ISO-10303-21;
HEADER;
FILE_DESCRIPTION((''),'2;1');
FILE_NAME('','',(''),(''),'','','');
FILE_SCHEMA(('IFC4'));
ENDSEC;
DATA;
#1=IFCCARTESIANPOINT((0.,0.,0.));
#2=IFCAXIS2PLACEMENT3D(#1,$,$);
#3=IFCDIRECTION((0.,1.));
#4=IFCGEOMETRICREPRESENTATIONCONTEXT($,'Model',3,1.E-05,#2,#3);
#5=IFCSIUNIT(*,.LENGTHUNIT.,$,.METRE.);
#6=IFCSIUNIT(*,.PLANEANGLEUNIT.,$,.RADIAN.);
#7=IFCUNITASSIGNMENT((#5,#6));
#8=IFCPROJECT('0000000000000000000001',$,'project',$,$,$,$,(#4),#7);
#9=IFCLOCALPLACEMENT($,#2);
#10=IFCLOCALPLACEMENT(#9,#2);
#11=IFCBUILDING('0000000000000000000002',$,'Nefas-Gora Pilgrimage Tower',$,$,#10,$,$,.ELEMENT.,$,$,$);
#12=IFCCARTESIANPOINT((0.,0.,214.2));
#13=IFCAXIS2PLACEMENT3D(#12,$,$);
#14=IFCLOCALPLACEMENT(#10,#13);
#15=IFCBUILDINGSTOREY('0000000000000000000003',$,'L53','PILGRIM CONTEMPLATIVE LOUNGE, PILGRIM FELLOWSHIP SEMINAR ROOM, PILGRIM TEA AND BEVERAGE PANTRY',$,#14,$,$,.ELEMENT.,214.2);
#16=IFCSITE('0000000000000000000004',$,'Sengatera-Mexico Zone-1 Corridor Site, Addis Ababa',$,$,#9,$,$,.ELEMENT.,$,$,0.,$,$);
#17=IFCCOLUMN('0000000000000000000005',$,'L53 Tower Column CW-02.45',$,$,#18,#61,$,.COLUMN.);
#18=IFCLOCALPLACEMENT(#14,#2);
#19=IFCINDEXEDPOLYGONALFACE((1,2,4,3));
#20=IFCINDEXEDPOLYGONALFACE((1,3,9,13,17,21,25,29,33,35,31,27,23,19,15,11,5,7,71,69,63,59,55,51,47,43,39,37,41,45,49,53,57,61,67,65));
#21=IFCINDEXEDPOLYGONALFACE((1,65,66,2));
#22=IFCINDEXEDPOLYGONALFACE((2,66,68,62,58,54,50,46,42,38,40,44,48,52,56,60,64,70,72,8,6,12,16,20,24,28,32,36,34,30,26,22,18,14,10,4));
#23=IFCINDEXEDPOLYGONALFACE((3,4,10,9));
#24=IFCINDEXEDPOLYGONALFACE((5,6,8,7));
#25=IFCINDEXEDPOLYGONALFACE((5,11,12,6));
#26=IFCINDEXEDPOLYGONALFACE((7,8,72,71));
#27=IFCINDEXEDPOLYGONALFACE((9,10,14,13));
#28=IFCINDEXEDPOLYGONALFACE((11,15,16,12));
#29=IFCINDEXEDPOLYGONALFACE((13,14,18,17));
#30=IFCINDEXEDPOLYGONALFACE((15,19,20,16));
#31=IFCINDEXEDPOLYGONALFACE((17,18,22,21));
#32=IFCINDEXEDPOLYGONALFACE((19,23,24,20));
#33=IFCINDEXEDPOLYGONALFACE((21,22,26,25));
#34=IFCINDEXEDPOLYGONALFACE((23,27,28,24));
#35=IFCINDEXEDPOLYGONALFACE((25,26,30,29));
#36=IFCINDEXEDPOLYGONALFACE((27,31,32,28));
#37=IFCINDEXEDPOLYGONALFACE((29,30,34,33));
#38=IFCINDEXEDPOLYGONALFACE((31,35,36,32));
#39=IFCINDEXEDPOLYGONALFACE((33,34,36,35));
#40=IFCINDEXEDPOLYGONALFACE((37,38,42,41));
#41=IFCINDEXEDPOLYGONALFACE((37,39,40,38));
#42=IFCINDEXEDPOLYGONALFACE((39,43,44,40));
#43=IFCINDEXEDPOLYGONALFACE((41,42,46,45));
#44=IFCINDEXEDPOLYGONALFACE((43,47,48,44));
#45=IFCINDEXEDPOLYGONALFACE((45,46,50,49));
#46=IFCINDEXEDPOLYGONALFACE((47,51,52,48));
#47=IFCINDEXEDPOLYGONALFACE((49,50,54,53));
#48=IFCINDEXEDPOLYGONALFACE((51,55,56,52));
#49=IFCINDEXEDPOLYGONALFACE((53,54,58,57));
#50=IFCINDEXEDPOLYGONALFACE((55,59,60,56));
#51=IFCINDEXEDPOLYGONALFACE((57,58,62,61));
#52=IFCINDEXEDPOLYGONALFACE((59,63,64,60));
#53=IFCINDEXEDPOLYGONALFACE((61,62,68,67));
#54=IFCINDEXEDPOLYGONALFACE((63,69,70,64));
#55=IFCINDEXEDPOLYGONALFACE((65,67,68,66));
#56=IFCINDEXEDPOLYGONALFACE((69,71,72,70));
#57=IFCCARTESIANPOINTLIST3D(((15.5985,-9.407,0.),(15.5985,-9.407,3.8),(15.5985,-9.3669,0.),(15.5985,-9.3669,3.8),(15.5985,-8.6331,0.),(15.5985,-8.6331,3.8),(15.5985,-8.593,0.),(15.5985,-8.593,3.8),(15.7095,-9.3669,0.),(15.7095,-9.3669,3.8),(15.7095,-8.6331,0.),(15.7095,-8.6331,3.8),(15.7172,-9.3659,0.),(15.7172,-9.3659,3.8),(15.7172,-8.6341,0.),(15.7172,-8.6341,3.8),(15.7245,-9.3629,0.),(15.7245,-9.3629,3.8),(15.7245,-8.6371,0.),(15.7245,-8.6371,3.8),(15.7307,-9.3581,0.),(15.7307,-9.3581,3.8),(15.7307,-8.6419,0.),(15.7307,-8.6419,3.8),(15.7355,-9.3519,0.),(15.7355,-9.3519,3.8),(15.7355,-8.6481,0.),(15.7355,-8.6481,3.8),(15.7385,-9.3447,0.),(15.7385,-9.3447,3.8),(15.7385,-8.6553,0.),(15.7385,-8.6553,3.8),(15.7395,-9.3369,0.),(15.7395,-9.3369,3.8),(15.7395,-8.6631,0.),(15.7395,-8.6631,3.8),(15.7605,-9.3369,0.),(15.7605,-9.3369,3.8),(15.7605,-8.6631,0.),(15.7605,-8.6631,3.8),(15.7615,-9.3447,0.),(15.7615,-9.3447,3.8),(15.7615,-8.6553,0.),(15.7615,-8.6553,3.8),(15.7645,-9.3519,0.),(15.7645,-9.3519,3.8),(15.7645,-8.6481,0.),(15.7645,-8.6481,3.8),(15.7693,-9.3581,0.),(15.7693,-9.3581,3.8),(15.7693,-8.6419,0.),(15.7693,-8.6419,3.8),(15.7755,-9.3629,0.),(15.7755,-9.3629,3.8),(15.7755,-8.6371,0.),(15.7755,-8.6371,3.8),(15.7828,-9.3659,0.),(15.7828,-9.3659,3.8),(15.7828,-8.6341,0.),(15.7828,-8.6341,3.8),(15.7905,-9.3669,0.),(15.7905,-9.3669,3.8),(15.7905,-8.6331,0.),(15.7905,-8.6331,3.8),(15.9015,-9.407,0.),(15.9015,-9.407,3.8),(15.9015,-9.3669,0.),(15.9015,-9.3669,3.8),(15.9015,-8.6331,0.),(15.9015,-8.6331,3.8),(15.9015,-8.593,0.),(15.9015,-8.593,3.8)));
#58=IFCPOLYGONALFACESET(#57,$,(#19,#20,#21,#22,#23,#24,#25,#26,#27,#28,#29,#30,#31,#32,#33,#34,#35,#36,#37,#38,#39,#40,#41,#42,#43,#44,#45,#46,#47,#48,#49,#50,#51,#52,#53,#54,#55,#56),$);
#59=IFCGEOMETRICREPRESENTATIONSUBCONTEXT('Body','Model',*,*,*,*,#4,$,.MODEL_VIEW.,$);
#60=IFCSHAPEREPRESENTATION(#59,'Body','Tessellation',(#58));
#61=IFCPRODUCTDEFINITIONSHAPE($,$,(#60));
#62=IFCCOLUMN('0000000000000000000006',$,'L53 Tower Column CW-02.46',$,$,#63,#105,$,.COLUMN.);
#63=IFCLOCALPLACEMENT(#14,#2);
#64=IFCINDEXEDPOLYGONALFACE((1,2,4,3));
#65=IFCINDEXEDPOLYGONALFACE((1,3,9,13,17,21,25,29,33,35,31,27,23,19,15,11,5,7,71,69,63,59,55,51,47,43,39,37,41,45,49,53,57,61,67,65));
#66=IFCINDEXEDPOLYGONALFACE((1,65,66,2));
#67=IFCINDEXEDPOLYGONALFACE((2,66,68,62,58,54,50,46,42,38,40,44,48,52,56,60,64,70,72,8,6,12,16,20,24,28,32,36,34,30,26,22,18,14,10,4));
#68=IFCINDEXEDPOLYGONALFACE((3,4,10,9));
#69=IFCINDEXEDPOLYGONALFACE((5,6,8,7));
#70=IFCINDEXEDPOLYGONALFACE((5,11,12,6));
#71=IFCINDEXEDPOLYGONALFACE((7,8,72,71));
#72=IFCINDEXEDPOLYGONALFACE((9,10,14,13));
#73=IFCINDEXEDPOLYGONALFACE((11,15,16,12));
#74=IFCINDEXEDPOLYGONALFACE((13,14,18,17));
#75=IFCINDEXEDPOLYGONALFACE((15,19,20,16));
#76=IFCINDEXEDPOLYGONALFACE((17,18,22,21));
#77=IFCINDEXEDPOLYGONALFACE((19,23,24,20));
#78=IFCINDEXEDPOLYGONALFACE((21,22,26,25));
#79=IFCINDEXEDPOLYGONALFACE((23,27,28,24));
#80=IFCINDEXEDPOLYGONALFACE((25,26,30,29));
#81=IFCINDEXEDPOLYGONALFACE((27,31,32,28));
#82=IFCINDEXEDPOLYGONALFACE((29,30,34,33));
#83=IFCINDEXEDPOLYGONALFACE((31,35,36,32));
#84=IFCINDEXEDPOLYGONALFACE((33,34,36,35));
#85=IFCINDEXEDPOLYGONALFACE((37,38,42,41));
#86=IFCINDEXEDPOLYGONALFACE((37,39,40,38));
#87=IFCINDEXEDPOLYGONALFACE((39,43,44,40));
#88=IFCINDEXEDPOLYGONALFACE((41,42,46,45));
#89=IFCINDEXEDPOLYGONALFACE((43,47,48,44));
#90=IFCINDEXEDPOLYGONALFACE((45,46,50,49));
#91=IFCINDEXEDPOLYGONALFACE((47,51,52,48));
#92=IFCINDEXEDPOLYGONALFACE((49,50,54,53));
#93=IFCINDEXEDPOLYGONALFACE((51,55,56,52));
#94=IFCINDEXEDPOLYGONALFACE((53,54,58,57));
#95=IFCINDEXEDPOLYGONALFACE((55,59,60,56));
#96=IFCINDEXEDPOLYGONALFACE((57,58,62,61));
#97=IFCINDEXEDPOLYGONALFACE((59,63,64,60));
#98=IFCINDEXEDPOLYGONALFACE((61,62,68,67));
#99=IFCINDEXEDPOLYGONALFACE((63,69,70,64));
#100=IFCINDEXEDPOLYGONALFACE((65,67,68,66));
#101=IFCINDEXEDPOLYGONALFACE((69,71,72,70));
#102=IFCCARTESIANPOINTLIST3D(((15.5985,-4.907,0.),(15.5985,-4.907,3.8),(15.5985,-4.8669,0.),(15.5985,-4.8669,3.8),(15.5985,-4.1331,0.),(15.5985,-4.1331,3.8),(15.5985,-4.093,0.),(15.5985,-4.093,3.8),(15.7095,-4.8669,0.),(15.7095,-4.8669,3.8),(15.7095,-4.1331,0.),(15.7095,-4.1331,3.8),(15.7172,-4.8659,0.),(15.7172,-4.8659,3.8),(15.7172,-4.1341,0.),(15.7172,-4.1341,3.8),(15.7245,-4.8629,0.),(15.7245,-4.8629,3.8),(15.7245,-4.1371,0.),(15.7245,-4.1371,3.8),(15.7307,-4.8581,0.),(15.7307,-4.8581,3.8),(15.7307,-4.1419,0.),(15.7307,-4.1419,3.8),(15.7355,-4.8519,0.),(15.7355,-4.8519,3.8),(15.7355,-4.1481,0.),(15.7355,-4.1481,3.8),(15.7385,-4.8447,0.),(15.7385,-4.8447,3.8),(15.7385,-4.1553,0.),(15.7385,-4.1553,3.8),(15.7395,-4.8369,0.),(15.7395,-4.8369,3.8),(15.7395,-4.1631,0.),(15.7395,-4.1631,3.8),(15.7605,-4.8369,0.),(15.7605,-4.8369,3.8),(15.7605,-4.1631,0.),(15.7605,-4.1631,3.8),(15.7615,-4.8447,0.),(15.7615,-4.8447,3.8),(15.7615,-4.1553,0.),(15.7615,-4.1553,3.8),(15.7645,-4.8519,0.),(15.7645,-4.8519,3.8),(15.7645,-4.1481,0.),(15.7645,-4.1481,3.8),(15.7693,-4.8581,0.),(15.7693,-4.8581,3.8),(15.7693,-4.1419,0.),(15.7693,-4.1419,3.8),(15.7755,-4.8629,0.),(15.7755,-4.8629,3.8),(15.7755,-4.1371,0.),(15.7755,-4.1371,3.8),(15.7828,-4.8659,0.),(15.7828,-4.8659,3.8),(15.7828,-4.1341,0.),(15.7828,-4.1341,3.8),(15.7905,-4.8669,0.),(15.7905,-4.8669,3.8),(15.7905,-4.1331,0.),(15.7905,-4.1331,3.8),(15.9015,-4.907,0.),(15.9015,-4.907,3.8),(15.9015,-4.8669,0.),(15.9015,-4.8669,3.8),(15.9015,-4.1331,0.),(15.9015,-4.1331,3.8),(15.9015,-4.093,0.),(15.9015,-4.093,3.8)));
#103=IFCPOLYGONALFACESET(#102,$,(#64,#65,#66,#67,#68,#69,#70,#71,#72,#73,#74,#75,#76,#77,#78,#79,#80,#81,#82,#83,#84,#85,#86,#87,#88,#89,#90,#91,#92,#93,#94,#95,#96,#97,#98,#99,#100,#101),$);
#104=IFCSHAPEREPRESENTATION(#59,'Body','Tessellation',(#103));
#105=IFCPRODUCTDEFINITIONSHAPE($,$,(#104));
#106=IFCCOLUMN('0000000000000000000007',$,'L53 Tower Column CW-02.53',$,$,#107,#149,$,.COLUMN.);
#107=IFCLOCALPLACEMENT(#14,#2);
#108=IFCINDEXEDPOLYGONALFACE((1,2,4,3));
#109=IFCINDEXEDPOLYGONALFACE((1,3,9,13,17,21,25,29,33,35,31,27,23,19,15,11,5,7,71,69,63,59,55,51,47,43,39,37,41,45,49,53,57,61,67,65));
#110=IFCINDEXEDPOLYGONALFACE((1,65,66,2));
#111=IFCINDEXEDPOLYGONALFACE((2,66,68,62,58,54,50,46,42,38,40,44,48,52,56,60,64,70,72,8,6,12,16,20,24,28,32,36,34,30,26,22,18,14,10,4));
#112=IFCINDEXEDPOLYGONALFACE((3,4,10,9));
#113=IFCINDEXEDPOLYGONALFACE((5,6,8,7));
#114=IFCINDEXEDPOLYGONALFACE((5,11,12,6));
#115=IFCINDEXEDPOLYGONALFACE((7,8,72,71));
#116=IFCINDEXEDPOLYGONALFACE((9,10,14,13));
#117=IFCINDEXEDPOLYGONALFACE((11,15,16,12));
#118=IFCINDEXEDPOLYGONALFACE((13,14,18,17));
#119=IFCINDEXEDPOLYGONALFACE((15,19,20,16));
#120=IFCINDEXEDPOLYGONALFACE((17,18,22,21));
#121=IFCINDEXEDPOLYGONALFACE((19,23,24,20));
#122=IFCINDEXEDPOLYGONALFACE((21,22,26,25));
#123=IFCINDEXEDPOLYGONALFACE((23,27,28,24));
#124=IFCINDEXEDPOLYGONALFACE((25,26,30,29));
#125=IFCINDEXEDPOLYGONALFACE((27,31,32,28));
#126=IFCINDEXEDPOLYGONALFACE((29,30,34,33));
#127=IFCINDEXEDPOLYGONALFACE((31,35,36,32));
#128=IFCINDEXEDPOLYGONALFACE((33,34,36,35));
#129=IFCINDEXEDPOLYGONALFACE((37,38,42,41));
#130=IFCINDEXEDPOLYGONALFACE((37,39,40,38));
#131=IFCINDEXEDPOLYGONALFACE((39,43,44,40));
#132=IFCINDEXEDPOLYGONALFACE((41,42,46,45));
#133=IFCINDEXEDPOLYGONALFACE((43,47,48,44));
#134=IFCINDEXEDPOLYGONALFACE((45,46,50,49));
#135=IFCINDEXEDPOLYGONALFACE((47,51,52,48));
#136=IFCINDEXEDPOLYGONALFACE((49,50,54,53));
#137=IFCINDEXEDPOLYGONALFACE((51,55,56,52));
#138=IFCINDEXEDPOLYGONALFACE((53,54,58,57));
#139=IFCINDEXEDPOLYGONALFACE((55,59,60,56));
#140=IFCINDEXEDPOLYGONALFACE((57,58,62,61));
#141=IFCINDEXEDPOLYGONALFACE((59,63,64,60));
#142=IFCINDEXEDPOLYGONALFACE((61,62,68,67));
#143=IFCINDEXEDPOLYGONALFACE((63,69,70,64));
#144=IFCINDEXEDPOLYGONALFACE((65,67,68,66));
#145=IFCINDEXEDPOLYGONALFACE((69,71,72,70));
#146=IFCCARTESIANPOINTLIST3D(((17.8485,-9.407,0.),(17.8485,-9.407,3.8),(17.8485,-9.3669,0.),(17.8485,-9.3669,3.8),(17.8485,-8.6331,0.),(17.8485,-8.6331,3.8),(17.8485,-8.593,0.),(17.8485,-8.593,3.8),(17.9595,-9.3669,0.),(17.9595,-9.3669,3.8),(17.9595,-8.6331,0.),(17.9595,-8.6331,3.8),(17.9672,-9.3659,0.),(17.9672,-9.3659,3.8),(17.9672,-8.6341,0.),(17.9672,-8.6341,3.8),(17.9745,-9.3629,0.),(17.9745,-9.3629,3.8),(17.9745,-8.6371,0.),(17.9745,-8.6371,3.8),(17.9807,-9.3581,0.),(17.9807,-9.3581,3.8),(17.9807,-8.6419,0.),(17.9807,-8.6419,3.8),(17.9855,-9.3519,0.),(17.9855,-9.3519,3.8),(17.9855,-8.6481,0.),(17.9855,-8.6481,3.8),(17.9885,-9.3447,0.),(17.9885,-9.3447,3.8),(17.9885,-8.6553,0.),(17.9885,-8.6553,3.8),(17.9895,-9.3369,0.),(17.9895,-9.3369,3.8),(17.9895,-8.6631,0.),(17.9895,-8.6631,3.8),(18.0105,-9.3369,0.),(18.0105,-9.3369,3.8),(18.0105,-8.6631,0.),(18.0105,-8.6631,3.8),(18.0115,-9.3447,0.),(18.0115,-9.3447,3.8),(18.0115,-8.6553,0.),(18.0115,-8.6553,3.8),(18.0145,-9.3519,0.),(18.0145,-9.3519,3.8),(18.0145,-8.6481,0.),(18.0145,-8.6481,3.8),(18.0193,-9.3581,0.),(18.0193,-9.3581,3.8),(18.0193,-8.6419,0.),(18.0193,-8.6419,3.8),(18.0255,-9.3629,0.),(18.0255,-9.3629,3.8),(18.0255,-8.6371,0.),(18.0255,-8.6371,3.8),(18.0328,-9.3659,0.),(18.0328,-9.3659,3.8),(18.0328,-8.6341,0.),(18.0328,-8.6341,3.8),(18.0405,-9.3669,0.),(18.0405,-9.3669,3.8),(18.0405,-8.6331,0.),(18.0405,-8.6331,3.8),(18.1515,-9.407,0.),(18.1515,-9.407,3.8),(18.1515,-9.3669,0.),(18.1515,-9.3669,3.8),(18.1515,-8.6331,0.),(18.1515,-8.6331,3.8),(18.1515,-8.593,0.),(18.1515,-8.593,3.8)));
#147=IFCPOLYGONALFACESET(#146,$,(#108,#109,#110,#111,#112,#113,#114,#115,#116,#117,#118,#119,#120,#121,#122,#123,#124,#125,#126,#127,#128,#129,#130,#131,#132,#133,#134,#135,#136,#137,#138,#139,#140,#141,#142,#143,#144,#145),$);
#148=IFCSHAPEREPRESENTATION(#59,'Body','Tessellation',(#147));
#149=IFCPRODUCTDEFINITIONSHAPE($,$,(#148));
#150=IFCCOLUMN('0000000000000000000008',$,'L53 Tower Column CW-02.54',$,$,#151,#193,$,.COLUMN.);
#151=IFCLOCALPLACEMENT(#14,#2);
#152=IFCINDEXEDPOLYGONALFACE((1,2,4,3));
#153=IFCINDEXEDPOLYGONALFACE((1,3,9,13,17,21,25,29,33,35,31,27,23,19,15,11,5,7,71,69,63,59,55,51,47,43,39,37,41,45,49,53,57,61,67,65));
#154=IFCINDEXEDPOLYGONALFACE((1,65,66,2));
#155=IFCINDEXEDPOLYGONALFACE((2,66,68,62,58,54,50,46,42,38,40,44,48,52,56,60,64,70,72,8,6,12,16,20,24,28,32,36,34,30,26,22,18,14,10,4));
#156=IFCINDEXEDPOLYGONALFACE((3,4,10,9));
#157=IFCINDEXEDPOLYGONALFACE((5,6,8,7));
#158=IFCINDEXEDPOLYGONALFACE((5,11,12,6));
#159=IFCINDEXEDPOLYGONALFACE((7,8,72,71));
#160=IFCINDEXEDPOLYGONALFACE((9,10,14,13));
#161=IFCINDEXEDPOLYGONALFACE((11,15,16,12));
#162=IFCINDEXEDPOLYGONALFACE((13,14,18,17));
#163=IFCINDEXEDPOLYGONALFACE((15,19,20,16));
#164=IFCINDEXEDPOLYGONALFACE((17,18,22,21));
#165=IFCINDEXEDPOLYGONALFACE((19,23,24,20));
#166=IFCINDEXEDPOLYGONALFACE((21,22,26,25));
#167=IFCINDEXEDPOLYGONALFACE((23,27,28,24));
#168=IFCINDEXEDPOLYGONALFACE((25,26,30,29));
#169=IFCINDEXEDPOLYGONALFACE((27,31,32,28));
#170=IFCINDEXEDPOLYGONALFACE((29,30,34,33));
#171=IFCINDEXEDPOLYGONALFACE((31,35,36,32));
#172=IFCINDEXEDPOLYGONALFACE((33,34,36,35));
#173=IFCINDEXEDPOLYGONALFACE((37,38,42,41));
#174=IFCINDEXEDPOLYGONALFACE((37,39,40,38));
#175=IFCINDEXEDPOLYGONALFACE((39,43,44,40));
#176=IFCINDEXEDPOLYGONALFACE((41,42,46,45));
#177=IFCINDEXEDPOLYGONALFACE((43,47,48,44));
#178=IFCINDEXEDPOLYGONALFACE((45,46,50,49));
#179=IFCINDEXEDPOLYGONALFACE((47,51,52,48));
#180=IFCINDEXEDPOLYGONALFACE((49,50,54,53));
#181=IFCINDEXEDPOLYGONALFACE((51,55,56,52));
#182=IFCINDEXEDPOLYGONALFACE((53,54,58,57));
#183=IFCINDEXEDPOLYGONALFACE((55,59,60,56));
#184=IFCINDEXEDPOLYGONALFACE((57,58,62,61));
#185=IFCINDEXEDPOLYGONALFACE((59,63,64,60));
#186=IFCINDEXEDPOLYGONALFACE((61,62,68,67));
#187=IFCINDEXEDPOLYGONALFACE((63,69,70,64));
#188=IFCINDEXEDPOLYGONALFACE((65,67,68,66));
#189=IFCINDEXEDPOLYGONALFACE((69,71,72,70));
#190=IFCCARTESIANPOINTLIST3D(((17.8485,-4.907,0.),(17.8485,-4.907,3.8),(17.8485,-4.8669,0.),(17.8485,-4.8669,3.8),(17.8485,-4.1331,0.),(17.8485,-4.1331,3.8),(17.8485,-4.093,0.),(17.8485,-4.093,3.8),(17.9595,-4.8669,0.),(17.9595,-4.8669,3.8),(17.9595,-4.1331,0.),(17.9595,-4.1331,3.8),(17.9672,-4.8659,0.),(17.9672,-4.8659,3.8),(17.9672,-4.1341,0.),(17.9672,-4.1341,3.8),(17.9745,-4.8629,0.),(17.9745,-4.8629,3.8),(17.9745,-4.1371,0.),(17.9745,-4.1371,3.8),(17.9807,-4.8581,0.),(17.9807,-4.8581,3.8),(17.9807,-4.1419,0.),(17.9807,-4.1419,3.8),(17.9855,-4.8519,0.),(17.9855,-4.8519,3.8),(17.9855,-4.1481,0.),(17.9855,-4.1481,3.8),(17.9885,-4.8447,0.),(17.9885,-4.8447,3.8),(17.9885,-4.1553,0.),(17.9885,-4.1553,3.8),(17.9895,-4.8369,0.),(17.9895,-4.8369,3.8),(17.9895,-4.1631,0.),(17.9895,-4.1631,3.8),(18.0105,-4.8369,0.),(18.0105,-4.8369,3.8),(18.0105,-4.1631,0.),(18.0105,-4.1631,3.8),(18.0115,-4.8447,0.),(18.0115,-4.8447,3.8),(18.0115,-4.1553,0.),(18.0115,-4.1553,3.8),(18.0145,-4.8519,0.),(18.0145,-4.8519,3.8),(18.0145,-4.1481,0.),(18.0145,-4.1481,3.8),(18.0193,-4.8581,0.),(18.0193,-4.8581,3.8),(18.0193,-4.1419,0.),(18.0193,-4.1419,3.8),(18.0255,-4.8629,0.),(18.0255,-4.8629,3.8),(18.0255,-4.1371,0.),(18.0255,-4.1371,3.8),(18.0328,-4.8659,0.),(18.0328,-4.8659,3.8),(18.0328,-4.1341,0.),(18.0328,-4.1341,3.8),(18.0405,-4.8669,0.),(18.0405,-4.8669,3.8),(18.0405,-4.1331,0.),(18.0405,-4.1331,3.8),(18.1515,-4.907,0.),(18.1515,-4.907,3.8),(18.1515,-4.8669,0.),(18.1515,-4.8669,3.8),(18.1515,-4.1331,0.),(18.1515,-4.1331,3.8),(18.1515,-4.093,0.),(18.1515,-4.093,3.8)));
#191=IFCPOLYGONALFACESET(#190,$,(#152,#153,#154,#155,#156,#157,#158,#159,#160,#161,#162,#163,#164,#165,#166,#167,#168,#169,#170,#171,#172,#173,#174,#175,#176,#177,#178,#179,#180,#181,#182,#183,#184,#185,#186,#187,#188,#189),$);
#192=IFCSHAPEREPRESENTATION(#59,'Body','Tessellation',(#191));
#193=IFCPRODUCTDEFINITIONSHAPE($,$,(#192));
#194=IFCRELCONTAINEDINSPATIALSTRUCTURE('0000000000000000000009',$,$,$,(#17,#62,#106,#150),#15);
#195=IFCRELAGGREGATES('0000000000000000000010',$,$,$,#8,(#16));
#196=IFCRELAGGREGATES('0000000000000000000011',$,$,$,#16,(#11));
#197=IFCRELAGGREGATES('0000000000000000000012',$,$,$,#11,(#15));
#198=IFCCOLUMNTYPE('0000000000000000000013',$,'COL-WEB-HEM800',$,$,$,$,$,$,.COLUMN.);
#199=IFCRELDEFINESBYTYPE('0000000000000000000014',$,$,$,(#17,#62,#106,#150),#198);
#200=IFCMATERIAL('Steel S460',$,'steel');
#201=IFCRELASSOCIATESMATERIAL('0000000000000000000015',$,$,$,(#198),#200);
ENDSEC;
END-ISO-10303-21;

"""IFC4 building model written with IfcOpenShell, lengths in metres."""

from ifc_helpers import new_model, si_unit, direction, frame, origin, origin_2d, place, context, subcontext, project, spatial, i_section, extrude, source, transform, mapped, material, material_profile, profile_set, type_object, element, save


model = new_model("IFC4")

# Units and contexts
model_context = context("Model", 3, precision=1e-05, world=origin(), true_north=direction((0.0, 1.0)))
body_context = subcontext(model_context, "Body", "Model", "MODEL_VIEW")
ifc_project = project(units=[si_unit("LENGTHUNIT", "METRE"), si_unit("PLANEANGLEUNIT", "RADIAN")], contexts=[model_context])

# Site, building, storey
site_placement = place(None, origin())
site = spatial("IfcSite", under=ifc_project, at=site_placement, Name="Sengatera-Mexico Zone-1 Corridor Site, Addis Ababa", CompositionType="ELEMENT", RefElevation=0.0)
building_placement = place(site_placement, origin())
building = spatial("IfcBuilding", under=site, at=building_placement, Name="Nefas-Gora Pilgrimage Tower", CompositionType="ELEMENT")
storey_placement = place(building_placement, frame((0.0, 0.0, 214.2)))
storey = spatial("IfcBuildingStorey", under=building, at=storey_placement, Name="L53", Description="PILGRIM CONTEMPLATIVE LOUNGE, PILGRIM FELLOWSHIP SEMINAR ROOM, PILGRIM TEA AND BEVERAGE PANTRY", CompositionType="ELEMENT", Elevation=214.2)

# Columns
ifc_material_1 = material(Name="Steel S460", Category="steel")
ifc_material_profile_1 = material_profile(ifc_material_1, i_section(OverallWidth=0.303, OverallDepth=0.814, WebThickness=0.021, FlangeThickness=0.04, FilletRadius=0.03, at=origin_2d()), Name="HEM 800")
ifc_profile_set_1 = profile_set([ifc_material_profile_1], Name="Steel S460")
column_type_1 = type_object("IfcColumnType", Name="COL-WEB-HEM800", PredefinedType="COLUMN", material=ifc_profile_set_1)
shared_shape_1 = source(origin(), body_context, "Body", "SweptSolid", [
    extrude(i_section(OverallWidth=0.303, OverallDepth=0.814, WebThickness=0.021, FlangeThickness=0.04, FilletRadius=0.03, at=origin_2d()), origin(), (0.0, 0.0, 1.0), 3.8),
])
for number, where, z_axis, x_axis, name in (
    (1, (15.75, -9.0, 0.0), (0.0, 0.0, 1.0), (1.0, 0.0, 0.0), "L53 Tower Column CW-02.45"),
    (2, (15.75, -4.5, 0.0), (0.0, 0.0, 1.0), (1.0, 0.0, 0.0), "L53 Tower Column CW-02.46"),
    (3, (18.0, -9.0, 0.0), (0.0, 0.0, 1.0), (1.0, 0.0, 0.0), "L53 Tower Column CW-02.53"),
    (4, (18.0, -4.5, 0.0), (0.0, 0.0, 1.0), (1.0, 0.0, 0.0), "L53 Tower Column CW-02.54"),
):
    element("IfcColumn", number, at=place(storey_placement, frame(where, z_axis=z_axis, x_axis=x_axis)), inside=storey, type_object=column_type_1, Name=name, PredefinedType="COLUMN", context=body_context, shape_type="MappedRepresentation", body=[
        mapped(shared_shape_1, transform((0.0, 0.0, 0.0), x_axis=(1.0, 0.0, 0.0), y_axis=(0.0, 1.0, 0.0), z_axis=(0.0, 0.0, 1.0), scale=1.0)),
    ])

save(model, "model.ifc")
